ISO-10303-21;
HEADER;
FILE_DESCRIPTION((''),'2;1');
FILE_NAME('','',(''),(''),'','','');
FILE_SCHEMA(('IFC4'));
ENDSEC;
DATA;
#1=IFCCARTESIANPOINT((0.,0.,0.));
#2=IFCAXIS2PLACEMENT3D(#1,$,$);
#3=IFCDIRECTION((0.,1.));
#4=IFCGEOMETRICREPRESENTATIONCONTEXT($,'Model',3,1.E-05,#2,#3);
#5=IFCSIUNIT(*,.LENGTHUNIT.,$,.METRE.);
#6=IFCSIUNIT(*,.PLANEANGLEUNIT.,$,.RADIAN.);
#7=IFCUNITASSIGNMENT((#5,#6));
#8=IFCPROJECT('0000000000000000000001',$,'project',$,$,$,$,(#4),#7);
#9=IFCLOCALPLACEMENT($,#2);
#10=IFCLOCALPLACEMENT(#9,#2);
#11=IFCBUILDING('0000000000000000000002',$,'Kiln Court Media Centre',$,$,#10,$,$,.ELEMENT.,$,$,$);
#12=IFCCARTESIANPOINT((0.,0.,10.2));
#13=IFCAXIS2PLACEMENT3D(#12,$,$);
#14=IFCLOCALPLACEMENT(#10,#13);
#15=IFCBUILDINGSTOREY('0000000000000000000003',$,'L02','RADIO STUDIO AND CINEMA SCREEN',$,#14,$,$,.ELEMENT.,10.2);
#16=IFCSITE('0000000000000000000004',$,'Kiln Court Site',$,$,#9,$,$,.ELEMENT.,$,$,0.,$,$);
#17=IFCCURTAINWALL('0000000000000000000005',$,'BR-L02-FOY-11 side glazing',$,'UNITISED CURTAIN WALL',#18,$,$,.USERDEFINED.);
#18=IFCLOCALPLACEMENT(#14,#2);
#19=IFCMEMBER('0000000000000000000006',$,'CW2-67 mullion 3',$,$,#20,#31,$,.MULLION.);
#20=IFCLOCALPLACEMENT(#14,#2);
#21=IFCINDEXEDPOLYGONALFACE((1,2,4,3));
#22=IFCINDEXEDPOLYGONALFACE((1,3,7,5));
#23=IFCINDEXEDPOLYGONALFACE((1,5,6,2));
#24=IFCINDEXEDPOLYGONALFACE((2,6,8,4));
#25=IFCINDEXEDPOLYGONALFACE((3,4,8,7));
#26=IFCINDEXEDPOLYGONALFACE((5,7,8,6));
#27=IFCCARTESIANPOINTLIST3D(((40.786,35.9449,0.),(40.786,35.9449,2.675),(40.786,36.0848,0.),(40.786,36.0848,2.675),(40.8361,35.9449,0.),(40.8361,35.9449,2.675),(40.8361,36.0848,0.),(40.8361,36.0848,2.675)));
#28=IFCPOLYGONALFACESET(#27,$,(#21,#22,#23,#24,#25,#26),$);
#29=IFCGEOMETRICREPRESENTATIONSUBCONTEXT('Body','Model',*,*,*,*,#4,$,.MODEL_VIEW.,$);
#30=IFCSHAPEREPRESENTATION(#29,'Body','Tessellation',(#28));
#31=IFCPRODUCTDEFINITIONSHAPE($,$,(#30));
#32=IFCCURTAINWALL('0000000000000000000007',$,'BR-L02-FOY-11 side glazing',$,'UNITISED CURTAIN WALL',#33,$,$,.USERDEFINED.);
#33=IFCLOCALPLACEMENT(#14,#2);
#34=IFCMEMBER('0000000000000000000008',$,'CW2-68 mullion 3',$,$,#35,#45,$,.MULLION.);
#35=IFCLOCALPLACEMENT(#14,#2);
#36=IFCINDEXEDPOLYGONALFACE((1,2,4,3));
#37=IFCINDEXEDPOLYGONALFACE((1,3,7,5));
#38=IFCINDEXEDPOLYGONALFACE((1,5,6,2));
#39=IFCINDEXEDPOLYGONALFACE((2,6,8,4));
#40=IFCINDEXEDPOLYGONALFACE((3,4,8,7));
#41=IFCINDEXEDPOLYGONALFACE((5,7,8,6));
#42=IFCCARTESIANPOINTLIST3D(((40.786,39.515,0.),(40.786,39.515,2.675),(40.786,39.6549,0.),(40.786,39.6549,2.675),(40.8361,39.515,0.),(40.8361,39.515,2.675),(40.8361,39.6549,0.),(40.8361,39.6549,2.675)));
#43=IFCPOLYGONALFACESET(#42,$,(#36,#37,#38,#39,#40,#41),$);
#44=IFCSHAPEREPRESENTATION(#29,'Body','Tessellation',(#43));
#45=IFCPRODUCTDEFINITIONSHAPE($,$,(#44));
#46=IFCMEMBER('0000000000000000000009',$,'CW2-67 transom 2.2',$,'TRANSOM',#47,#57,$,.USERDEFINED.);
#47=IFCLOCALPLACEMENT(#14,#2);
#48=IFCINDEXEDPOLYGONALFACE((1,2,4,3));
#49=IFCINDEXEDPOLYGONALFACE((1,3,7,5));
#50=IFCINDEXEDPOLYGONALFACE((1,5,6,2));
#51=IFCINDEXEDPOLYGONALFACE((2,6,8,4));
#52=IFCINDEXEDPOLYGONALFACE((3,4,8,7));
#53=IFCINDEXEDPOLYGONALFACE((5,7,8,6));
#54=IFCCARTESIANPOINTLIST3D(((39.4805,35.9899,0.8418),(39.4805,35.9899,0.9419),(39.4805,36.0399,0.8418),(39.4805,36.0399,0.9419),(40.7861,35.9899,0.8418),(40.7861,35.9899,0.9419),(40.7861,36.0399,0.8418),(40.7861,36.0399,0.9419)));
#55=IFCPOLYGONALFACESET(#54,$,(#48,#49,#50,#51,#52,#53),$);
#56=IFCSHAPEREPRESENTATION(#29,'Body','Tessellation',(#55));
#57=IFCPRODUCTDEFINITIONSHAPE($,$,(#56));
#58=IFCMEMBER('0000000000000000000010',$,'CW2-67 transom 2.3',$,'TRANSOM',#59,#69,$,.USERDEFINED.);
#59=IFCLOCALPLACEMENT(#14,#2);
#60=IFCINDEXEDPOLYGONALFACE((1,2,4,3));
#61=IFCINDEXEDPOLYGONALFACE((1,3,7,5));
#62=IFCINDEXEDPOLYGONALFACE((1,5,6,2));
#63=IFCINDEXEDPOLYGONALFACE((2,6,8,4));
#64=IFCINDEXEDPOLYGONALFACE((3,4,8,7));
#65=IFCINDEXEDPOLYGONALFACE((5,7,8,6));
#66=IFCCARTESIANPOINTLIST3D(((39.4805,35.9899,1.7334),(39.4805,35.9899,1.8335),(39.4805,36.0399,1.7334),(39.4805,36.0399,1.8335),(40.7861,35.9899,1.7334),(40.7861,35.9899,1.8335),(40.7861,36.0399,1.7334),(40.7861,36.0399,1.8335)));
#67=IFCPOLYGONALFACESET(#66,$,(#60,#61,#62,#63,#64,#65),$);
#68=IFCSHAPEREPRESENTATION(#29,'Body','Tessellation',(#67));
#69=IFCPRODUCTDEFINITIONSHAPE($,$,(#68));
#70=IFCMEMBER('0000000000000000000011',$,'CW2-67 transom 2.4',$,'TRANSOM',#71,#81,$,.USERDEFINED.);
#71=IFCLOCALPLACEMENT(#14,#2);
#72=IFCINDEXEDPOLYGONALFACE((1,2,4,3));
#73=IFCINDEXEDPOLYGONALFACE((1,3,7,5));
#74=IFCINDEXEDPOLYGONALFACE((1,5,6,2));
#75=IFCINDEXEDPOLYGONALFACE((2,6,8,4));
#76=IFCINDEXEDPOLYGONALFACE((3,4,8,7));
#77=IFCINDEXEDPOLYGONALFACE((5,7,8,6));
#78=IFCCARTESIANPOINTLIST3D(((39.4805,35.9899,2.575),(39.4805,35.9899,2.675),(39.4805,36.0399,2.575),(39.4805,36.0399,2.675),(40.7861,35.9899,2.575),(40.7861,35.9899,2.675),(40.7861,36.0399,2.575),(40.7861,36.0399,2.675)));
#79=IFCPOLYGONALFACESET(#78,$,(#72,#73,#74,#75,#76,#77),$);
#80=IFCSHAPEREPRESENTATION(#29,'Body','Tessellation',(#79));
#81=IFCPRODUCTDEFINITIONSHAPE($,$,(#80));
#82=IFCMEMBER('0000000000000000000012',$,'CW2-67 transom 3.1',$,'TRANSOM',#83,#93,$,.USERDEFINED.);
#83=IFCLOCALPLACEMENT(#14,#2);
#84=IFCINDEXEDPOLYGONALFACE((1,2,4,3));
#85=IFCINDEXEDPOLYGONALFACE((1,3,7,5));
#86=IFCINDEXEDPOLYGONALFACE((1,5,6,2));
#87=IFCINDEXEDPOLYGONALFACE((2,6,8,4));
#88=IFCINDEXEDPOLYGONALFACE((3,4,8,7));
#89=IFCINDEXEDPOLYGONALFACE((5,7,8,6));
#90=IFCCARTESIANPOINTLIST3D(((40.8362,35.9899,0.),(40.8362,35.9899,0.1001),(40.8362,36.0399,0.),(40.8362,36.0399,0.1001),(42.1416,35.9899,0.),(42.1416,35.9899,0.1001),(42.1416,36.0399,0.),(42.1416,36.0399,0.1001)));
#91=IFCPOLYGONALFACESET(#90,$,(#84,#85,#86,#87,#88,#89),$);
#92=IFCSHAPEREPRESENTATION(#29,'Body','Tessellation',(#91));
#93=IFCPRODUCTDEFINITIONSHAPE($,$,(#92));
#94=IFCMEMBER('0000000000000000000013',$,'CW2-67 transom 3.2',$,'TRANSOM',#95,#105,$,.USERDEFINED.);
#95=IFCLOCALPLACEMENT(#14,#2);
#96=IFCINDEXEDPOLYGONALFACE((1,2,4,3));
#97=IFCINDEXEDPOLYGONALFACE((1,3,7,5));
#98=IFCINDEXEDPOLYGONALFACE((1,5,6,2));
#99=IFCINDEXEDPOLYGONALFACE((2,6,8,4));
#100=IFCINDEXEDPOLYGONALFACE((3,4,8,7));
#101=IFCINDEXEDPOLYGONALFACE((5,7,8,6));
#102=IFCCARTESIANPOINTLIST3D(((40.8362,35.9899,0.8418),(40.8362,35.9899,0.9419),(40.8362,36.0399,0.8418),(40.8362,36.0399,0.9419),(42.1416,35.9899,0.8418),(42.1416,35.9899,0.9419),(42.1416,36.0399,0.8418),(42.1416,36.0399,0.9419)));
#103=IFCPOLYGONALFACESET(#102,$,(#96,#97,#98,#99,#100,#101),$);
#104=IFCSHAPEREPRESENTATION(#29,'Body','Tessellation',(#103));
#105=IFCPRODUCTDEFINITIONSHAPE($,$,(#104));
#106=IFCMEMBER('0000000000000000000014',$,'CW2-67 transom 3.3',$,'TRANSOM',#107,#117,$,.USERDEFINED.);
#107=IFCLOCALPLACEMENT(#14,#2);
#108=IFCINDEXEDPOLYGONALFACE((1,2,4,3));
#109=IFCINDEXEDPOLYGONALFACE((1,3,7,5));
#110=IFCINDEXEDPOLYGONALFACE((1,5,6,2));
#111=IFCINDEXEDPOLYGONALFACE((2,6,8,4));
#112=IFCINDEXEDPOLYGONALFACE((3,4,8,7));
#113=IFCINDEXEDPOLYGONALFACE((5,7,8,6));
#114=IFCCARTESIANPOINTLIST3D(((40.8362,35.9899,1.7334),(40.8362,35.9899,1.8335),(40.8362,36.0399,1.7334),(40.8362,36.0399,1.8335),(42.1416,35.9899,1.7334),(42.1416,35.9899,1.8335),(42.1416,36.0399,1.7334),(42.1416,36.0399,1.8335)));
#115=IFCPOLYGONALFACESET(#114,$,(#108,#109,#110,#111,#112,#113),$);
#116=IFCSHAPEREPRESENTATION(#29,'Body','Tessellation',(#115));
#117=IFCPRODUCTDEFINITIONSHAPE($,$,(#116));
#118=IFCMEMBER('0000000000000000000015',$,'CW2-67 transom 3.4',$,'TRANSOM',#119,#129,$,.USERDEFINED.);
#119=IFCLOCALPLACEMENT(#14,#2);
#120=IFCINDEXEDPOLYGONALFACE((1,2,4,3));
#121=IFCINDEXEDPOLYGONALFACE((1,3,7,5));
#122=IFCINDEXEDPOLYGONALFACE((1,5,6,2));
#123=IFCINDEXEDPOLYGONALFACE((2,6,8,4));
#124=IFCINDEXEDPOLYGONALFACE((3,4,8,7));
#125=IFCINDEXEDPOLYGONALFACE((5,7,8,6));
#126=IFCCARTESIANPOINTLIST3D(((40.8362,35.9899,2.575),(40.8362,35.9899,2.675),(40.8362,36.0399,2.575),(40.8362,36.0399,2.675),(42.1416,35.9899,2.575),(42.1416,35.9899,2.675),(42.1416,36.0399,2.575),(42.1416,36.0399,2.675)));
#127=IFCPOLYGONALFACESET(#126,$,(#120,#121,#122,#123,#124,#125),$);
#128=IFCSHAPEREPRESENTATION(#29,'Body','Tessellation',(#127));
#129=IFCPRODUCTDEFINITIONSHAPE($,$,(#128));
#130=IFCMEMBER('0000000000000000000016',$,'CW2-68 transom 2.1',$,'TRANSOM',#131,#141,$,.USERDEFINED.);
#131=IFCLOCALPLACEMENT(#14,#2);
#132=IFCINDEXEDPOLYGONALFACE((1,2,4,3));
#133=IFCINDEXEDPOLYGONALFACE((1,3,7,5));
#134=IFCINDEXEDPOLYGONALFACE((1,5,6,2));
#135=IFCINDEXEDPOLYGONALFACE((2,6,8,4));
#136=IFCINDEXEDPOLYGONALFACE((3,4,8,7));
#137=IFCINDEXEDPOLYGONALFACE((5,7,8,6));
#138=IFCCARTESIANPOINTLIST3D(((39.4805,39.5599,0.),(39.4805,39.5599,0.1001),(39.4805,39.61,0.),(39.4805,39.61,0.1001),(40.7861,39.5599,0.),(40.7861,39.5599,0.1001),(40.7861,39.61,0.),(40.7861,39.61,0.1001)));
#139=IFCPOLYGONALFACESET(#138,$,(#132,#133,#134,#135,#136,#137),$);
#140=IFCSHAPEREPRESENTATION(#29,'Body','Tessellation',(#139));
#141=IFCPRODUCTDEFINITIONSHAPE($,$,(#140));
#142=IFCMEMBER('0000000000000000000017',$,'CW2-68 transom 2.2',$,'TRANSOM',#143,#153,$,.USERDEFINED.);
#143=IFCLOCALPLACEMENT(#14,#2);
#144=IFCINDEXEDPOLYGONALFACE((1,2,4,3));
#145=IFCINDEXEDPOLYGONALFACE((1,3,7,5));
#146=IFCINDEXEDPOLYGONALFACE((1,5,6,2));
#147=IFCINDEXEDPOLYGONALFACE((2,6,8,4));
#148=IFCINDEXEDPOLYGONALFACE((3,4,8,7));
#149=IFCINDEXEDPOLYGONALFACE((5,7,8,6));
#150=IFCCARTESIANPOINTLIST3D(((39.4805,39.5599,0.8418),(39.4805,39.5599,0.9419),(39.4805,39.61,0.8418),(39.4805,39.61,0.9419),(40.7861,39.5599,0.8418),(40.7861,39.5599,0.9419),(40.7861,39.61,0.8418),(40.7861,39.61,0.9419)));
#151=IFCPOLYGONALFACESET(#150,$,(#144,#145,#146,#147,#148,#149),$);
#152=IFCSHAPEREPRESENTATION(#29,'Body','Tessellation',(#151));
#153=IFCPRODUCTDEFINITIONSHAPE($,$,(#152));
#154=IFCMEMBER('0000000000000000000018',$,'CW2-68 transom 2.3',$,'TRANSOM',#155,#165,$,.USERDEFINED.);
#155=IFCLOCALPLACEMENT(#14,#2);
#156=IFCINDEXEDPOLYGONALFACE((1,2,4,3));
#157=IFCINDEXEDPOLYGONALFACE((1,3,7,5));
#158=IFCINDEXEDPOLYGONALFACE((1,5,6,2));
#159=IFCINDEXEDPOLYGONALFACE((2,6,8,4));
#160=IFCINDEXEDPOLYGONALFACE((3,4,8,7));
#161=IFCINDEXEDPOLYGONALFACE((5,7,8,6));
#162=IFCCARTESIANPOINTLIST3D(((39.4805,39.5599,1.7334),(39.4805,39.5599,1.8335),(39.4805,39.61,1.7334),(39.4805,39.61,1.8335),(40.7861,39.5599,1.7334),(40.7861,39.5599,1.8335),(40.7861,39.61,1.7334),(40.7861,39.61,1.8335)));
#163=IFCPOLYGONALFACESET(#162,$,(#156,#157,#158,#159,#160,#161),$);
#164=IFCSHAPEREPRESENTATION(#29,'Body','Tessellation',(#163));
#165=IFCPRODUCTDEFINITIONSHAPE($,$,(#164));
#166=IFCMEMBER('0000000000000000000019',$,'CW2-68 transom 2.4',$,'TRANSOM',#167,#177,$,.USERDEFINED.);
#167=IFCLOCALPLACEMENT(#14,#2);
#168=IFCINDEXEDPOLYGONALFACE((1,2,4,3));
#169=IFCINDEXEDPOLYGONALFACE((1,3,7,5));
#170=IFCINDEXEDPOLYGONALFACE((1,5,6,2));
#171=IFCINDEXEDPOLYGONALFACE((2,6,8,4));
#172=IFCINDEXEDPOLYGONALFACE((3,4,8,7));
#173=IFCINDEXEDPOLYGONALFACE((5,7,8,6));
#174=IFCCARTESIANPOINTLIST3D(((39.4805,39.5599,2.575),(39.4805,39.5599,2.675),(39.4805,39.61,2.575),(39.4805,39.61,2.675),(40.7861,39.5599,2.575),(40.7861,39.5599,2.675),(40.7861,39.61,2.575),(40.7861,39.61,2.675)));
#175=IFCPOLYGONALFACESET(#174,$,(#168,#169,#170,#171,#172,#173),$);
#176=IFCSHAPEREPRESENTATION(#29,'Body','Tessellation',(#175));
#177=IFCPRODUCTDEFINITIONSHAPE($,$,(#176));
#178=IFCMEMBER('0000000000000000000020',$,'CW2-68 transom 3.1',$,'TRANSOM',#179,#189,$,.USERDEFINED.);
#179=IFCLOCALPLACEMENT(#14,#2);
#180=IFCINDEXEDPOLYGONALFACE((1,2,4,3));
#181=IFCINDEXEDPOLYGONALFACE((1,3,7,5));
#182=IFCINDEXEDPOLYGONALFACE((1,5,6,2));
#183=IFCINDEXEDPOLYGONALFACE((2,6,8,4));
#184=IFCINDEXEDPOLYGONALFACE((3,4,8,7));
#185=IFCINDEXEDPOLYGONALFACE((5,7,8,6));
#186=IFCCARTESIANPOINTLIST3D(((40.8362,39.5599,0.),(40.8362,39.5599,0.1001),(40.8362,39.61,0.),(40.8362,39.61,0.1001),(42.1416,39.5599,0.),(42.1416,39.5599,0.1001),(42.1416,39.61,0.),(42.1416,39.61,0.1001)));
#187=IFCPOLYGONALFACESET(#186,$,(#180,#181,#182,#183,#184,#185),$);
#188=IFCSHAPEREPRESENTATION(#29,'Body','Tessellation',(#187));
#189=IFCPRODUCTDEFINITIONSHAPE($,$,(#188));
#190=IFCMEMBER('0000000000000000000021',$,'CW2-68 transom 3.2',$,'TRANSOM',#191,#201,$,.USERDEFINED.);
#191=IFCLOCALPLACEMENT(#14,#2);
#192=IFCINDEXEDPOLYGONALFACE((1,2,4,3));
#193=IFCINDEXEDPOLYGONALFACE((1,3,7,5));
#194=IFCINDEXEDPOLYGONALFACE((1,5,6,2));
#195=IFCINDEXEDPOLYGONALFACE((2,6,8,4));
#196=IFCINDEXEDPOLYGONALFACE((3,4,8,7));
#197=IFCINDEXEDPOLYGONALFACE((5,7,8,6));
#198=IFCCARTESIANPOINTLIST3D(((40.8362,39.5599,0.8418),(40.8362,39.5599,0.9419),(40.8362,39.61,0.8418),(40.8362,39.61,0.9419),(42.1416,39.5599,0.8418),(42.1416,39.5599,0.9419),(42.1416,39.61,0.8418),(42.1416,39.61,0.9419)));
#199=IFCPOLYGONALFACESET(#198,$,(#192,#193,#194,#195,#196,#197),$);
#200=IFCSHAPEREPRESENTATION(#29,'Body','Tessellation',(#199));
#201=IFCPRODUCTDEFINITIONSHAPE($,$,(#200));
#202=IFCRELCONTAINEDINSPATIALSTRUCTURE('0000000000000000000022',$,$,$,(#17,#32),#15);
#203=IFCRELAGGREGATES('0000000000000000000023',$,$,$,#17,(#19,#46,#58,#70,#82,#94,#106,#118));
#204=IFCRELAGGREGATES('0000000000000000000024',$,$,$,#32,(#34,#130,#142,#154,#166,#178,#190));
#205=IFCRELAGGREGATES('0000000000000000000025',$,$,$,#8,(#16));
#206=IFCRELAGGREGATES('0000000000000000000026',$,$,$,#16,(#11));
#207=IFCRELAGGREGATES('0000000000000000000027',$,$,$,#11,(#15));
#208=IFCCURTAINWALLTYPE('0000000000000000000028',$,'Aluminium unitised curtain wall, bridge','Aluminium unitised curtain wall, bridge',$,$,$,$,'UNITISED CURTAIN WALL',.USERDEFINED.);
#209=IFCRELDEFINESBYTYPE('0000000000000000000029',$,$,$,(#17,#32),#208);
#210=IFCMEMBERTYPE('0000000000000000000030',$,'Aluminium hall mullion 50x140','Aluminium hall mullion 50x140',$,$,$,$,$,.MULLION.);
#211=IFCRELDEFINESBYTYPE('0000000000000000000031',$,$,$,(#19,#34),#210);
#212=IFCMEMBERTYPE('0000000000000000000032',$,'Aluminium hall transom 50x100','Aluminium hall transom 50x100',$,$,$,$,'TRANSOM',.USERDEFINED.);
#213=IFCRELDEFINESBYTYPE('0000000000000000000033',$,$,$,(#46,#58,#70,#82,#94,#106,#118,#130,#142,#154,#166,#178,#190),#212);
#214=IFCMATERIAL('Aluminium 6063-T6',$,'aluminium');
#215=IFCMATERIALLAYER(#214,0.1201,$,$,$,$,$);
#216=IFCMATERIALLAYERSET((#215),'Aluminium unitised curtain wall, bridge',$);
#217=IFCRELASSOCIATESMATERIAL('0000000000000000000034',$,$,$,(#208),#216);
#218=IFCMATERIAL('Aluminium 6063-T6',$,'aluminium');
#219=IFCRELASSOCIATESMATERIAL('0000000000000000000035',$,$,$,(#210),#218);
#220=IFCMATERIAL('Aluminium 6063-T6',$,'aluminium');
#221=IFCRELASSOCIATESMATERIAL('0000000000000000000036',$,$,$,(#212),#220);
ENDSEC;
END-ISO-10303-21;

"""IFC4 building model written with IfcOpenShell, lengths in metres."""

from ifc_helpers import new_model, si_unit, direction, frame, origin, origin_2d, place, context, subcontext, project, spatial, rectangle, extrude, material, layer, layer_set, material_profile, profile_set, type_object, element, aggregate, save


model = new_model("IFC4")

# Units and contexts
model_context = context("Model", 3, precision=1e-05, world=origin(), true_north=direction((0.0, 1.0)))
body_context = subcontext(model_context, "Body", "Model", "MODEL_VIEW")
ifc_project = project(units=[si_unit("LENGTHUNIT", "METRE"), si_unit("PLANEANGLEUNIT", "RADIAN")], contexts=[model_context])

# Site, building, storey
site_placement = place(None, origin())
site = spatial("IfcSite", under=ifc_project, at=site_placement, Name="Kiln Court Site", CompositionType="ELEMENT", RefElevation=0.0)
building_placement = place(site_placement, origin())
building = spatial("IfcBuilding", under=site, at=building_placement, Name="Kiln Court Media Centre", CompositionType="ELEMENT")
storey_placement = place(building_placement, frame((0.0, 0.0, 10.2)))
storey = spatial("IfcBuildingStorey", under=building, at=storey_placement, Name="L02", Description="RADIO STUDIO AND CINEMA SCREEN", CompositionType="ELEMENT", Elevation=10.2)

# Curtain walls, members
ifc_material_1 = material(Name="Aluminium 6063-T6", Category="aluminium")
ifc_layer_1 = layer(ifc_material_1, 0.1201)
ifc_layer_set_1 = layer_set([ifc_layer_1], Name="Aluminium unitised curtain wall, bridge")
curtain_wall_type = type_object("IfcCurtainWallType", Name="Aluminium unitised curtain wall, bridge", Description="Aluminium unitised curtain wall, bridge", ElementType="UNITISED CURTAIN WALL", PredefinedType="USERDEFINED", material=ifc_layer_set_1)
curtain_wall_1_placement = place(storey_placement, origin())
curtain_wall_1 = element("IfcCurtainWall", 1, at=curtain_wall_1_placement, inside=storey, type_object=curtain_wall_type, Name="BR-L02-FOY-11 side glazing", ObjectType="UNITISED CURTAIN WALL", PredefinedType="USERDEFINED")
ifc_material_2 = material(Name="Aluminium 6063-T6", Category="aluminium")
ifc_material_profile_1 = material_profile(ifc_material_2, rectangle(XDim=0.05, YDim=0.1399, at=origin_2d()), Name="Aluminium hall mullion 50x140")
ifc_profile_set_1 = profile_set([ifc_material_profile_1], Name="Aluminium 6063-T6")
member_type_1 = type_object("IfcMemberType", Name="Aluminium hall mullion 50x140", Description="Aluminium hall mullion 50x140", PredefinedType="MULLION", material=ifc_profile_set_1)
member_1_placement = place(storey_placement, frame((40.811, 36.0149, 0.0), z_axis=(0.0, 0.0, 1.0), x_axis=(1.0, 0.0, 0.0)))
member_1 = element("IfcMember", 2, at=member_1_placement, type_object=member_type_1, Name="CW2-67 mullion 3", PredefinedType="MULLION", context=body_context, shape_type="SweptSolid", body=[
    extrude(rectangle(XDim=0.05, YDim=0.1399, at=origin_2d()), origin(), (0.0, 0.0, 1.0), 2.675),
])
curtain_wall_2_placement = place(storey_placement, origin())
curtain_wall_2 = element("IfcCurtainWall", 3, at=curtain_wall_2_placement, inside=storey, type_object=curtain_wall_type, Name="BR-L02-FOY-11 side glazing", ObjectType="UNITISED CURTAIN WALL", PredefinedType="USERDEFINED")
member_2_placement = place(storey_placement, frame((40.811, 39.585, 0.0), z_axis=(0.0, 0.0, 1.0), x_axis=(1.0, 0.0, 0.0)))
member_2 = element("IfcMember", 4, at=member_2_placement, type_object=member_type_1, Name="CW2-68 mullion 3", PredefinedType="MULLION", context=body_context, shape_type="SweptSolid", body=[
    extrude(rectangle(XDim=0.05, YDim=0.1399, at=origin_2d()), origin(), (0.0, 0.0, 1.0), 2.675),
])

# Members
ifc_material_3 = material(Name="Aluminium 6063-T6", Category="aluminium")
ifc_material_profile_2 = material_profile(ifc_material_3, rectangle(XDim=0.05, YDim=0.1001, at=origin_2d()), Name="Aluminium hall transom 50x100")
ifc_profile_set_2 = profile_set([ifc_material_profile_2], Name="Aluminium 6063-T6")
member_type_2 = type_object("IfcMemberType", Name="Aluminium hall transom 50x100", Description="Aluminium hall transom 50x100", ElementType="TRANSOM", PredefinedType="USERDEFINED", material=ifc_profile_set_2)
member_3_placement = place(storey_placement, frame((39.4805, 36.0149, 0.8918), z_axis=(1.0, 0.0, 0.0), x_axis=(0.0, 1.0, 0.0)))
member_3 = element("IfcMember", 5, at=member_3_placement, type_object=member_type_2, Name="CW2-67 transom 2.2", ObjectType="TRANSOM", PredefinedType="USERDEFINED", context=body_context, shape_type="SweptSolid", body=[
    extrude(rectangle(XDim=0.05, YDim=0.1001, at=origin_2d()), origin(), (0.0, 0.0, 1.0), 1.3057),
])
member_4_placement = place(storey_placement, frame((39.4805, 36.0149, 1.7834), z_axis=(1.0, 0.0, 0.0), x_axis=(0.0, 1.0, 0.0)))
member_4 = element("IfcMember", 6, at=member_4_placement, type_object=member_type_2, Name="CW2-67 transom 2.3", ObjectType="TRANSOM", PredefinedType="USERDEFINED", context=body_context, shape_type="SweptSolid", body=[
    extrude(rectangle(XDim=0.05, YDim=0.1001, at=origin_2d()), origin(), (0.0, 0.0, 1.0), 1.3057),
])
member_5_placement = place(storey_placement, frame((39.4805, 36.0149, 2.625), z_axis=(1.0, 0.0, 0.0), x_axis=(0.0, 1.0, 0.0)))
member_5 = element("IfcMember", 7, at=member_5_placement, type_object=member_type_2, Name="CW2-67 transom 2.4", ObjectType="TRANSOM", PredefinedType="USERDEFINED", context=body_context, shape_type="SweptSolid", body=[
    extrude(rectangle(XDim=0.05, YDim=0.1001, at=origin_2d()), origin(), (0.0, 0.0, 1.0), 1.3057),
])
member_6_placement = place(storey_placement, frame((40.8362, 36.0149, 0.05), z_axis=(1.0, 0.0, 0.0), x_axis=(0.0, 1.0, 0.0)))
member_6 = element("IfcMember", 8, at=member_6_placement, type_object=member_type_2, Name="CW2-67 transom 3.1", ObjectType="TRANSOM", PredefinedType="USERDEFINED", context=body_context, shape_type="SweptSolid", body=[
    extrude(rectangle(XDim=0.05, YDim=0.1001, at=origin_2d()), origin(), (0.0, 0.0, 1.0), 1.3054),
])
member_7_placement = place(storey_placement, frame((40.8362, 36.0149, 0.8918), z_axis=(1.0, 0.0, 0.0), x_axis=(0.0, 1.0, 0.0)))
member_7 = element("IfcMember", 9, at=member_7_placement, type_object=member_type_2, Name="CW2-67 transom 3.2", ObjectType="TRANSOM", PredefinedType="USERDEFINED", context=body_context, shape_type="SweptSolid", body=[
    extrude(rectangle(XDim=0.05, YDim=0.1001, at=origin_2d()), origin(), (0.0, 0.0, 1.0), 1.3054),
])
member_8_placement = place(storey_placement, frame((40.8362, 36.0149, 1.7834), z_axis=(1.0, 0.0, 0.0), x_axis=(0.0, 1.0, 0.0)))
member_8 = element("IfcMember", 10, at=member_8_placement, type_object=member_type_2, Name="CW2-67 transom 3.3", ObjectType="TRANSOM", PredefinedType="USERDEFINED", context=body_context, shape_type="SweptSolid", body=[
    extrude(rectangle(XDim=0.05, YDim=0.1001, at=origin_2d()), origin(), (0.0, 0.0, 1.0), 1.3054),
])
member_9_placement = place(storey_placement, frame((40.8362, 36.0149, 2.625), z_axis=(1.0, 0.0, 0.0), x_axis=(0.0, 1.0, 0.0)))
member_9 = element("IfcMember", 11, at=member_9_placement, type_object=member_type_2, Name="CW2-67 transom 3.4", ObjectType="TRANSOM", PredefinedType="USERDEFINED", context=body_context, shape_type="SweptSolid", body=[
    extrude(rectangle(XDim=0.05, YDim=0.1001, at=origin_2d()), origin(), (0.0, 0.0, 1.0), 1.3054),
])
member_10_placement = place(storey_placement, frame((39.4805, 39.585, 0.05), z_axis=(1.0, 0.0, 0.0), x_axis=(0.0, 1.0, 0.0)))
member_10 = element("IfcMember", 12, at=member_10_placement, type_object=member_type_2, Name="CW2-68 transom 2.1", ObjectType="TRANSOM", PredefinedType="USERDEFINED", context=body_context, shape_type="SweptSolid", body=[
    extrude(rectangle(XDim=0.05, YDim=0.1001, at=origin_2d()), origin(), (0.0, 0.0, 1.0), 1.3057),
])
member_11_placement = place(storey_placement, frame((39.4805, 39.585, 0.8918), z_axis=(1.0, 0.0, 0.0), x_axis=(0.0, 1.0, 0.0)))
member_11 = element("IfcMember", 13, at=member_11_placement, type_object=member_type_2, Name="CW2-68 transom 2.2", ObjectType="TRANSOM", PredefinedType="USERDEFINED", context=body_context, shape_type="SweptSolid", body=[
    extrude(rectangle(XDim=0.05, YDim=0.1001, at=origin_2d()), origin(), (0.0, 0.0, 1.0), 1.3057),
])
member_12_placement = place(storey_placement, frame((39.4805, 39.585, 1.7834), z_axis=(1.0, 0.0, 0.0), x_axis=(0.0, 1.0, 0.0)))
member_12 = element("IfcMember", 14, at=member_12_placement, type_object=member_type_2, Name="CW2-68 transom 2.3", ObjectType="TRANSOM", PredefinedType="USERDEFINED", context=body_context, shape_type="SweptSolid", body=[
    extrude(rectangle(XDim=0.05, YDim=0.1001, at=origin_2d()), origin(), (0.0, 0.0, 1.0), 1.3057),
])
member_13_placement = place(storey_placement, frame((39.4805, 39.585, 2.625), z_axis=(1.0, 0.0, 0.0), x_axis=(0.0, 1.0, 0.0)))
member_13 = element("IfcMember", 15, at=member_13_placement, type_object=member_type_2, Name="CW2-68 transom 2.4", ObjectType="TRANSOM", PredefinedType="USERDEFINED", context=body_context, shape_type="SweptSolid", body=[
    extrude(rectangle(XDim=0.05, YDim=0.1001, at=origin_2d()), origin(), (0.0, 0.0, 1.0), 1.3057),
])
member_14_placement = place(storey_placement, frame((40.8362, 39.585, 0.05), z_axis=(1.0, 0.0, 0.0), x_axis=(0.0, 1.0, 0.0)))
member_14 = element("IfcMember", 16, at=member_14_placement, type_object=member_type_2, Name="CW2-68 transom 3.1", ObjectType="TRANSOM", PredefinedType="USERDEFINED", context=body_context, shape_type="SweptSolid", body=[
    extrude(rectangle(XDim=0.05, YDim=0.1001, at=origin_2d()), origin(), (0.0, 0.0, 1.0), 1.3054),
])
member_15_placement = place(storey_placement, frame((40.8362, 39.585, 0.8918), z_axis=(1.0, 0.0, 0.0), x_axis=(0.0, 1.0, 0.0)))
member_15 = element("IfcMember", 17, at=member_15_placement, type_object=member_type_2, Name="CW2-68 transom 3.2", ObjectType="TRANSOM", PredefinedType="USERDEFINED", context=body_context, shape_type="SweptSolid", body=[
    extrude(rectangle(XDim=0.05, YDim=0.1001, at=origin_2d()), origin(), (0.0, 0.0, 1.0), 1.3054),
])

aggregate(curtain_wall_1, [member_1, member_3, member_4, member_5, member_6, member_7, member_8, member_9])
aggregate(curtain_wall_2, [member_2, member_10, member_11, member_12, member_13, member_14, member_15])

save(model, "model.ifc")
